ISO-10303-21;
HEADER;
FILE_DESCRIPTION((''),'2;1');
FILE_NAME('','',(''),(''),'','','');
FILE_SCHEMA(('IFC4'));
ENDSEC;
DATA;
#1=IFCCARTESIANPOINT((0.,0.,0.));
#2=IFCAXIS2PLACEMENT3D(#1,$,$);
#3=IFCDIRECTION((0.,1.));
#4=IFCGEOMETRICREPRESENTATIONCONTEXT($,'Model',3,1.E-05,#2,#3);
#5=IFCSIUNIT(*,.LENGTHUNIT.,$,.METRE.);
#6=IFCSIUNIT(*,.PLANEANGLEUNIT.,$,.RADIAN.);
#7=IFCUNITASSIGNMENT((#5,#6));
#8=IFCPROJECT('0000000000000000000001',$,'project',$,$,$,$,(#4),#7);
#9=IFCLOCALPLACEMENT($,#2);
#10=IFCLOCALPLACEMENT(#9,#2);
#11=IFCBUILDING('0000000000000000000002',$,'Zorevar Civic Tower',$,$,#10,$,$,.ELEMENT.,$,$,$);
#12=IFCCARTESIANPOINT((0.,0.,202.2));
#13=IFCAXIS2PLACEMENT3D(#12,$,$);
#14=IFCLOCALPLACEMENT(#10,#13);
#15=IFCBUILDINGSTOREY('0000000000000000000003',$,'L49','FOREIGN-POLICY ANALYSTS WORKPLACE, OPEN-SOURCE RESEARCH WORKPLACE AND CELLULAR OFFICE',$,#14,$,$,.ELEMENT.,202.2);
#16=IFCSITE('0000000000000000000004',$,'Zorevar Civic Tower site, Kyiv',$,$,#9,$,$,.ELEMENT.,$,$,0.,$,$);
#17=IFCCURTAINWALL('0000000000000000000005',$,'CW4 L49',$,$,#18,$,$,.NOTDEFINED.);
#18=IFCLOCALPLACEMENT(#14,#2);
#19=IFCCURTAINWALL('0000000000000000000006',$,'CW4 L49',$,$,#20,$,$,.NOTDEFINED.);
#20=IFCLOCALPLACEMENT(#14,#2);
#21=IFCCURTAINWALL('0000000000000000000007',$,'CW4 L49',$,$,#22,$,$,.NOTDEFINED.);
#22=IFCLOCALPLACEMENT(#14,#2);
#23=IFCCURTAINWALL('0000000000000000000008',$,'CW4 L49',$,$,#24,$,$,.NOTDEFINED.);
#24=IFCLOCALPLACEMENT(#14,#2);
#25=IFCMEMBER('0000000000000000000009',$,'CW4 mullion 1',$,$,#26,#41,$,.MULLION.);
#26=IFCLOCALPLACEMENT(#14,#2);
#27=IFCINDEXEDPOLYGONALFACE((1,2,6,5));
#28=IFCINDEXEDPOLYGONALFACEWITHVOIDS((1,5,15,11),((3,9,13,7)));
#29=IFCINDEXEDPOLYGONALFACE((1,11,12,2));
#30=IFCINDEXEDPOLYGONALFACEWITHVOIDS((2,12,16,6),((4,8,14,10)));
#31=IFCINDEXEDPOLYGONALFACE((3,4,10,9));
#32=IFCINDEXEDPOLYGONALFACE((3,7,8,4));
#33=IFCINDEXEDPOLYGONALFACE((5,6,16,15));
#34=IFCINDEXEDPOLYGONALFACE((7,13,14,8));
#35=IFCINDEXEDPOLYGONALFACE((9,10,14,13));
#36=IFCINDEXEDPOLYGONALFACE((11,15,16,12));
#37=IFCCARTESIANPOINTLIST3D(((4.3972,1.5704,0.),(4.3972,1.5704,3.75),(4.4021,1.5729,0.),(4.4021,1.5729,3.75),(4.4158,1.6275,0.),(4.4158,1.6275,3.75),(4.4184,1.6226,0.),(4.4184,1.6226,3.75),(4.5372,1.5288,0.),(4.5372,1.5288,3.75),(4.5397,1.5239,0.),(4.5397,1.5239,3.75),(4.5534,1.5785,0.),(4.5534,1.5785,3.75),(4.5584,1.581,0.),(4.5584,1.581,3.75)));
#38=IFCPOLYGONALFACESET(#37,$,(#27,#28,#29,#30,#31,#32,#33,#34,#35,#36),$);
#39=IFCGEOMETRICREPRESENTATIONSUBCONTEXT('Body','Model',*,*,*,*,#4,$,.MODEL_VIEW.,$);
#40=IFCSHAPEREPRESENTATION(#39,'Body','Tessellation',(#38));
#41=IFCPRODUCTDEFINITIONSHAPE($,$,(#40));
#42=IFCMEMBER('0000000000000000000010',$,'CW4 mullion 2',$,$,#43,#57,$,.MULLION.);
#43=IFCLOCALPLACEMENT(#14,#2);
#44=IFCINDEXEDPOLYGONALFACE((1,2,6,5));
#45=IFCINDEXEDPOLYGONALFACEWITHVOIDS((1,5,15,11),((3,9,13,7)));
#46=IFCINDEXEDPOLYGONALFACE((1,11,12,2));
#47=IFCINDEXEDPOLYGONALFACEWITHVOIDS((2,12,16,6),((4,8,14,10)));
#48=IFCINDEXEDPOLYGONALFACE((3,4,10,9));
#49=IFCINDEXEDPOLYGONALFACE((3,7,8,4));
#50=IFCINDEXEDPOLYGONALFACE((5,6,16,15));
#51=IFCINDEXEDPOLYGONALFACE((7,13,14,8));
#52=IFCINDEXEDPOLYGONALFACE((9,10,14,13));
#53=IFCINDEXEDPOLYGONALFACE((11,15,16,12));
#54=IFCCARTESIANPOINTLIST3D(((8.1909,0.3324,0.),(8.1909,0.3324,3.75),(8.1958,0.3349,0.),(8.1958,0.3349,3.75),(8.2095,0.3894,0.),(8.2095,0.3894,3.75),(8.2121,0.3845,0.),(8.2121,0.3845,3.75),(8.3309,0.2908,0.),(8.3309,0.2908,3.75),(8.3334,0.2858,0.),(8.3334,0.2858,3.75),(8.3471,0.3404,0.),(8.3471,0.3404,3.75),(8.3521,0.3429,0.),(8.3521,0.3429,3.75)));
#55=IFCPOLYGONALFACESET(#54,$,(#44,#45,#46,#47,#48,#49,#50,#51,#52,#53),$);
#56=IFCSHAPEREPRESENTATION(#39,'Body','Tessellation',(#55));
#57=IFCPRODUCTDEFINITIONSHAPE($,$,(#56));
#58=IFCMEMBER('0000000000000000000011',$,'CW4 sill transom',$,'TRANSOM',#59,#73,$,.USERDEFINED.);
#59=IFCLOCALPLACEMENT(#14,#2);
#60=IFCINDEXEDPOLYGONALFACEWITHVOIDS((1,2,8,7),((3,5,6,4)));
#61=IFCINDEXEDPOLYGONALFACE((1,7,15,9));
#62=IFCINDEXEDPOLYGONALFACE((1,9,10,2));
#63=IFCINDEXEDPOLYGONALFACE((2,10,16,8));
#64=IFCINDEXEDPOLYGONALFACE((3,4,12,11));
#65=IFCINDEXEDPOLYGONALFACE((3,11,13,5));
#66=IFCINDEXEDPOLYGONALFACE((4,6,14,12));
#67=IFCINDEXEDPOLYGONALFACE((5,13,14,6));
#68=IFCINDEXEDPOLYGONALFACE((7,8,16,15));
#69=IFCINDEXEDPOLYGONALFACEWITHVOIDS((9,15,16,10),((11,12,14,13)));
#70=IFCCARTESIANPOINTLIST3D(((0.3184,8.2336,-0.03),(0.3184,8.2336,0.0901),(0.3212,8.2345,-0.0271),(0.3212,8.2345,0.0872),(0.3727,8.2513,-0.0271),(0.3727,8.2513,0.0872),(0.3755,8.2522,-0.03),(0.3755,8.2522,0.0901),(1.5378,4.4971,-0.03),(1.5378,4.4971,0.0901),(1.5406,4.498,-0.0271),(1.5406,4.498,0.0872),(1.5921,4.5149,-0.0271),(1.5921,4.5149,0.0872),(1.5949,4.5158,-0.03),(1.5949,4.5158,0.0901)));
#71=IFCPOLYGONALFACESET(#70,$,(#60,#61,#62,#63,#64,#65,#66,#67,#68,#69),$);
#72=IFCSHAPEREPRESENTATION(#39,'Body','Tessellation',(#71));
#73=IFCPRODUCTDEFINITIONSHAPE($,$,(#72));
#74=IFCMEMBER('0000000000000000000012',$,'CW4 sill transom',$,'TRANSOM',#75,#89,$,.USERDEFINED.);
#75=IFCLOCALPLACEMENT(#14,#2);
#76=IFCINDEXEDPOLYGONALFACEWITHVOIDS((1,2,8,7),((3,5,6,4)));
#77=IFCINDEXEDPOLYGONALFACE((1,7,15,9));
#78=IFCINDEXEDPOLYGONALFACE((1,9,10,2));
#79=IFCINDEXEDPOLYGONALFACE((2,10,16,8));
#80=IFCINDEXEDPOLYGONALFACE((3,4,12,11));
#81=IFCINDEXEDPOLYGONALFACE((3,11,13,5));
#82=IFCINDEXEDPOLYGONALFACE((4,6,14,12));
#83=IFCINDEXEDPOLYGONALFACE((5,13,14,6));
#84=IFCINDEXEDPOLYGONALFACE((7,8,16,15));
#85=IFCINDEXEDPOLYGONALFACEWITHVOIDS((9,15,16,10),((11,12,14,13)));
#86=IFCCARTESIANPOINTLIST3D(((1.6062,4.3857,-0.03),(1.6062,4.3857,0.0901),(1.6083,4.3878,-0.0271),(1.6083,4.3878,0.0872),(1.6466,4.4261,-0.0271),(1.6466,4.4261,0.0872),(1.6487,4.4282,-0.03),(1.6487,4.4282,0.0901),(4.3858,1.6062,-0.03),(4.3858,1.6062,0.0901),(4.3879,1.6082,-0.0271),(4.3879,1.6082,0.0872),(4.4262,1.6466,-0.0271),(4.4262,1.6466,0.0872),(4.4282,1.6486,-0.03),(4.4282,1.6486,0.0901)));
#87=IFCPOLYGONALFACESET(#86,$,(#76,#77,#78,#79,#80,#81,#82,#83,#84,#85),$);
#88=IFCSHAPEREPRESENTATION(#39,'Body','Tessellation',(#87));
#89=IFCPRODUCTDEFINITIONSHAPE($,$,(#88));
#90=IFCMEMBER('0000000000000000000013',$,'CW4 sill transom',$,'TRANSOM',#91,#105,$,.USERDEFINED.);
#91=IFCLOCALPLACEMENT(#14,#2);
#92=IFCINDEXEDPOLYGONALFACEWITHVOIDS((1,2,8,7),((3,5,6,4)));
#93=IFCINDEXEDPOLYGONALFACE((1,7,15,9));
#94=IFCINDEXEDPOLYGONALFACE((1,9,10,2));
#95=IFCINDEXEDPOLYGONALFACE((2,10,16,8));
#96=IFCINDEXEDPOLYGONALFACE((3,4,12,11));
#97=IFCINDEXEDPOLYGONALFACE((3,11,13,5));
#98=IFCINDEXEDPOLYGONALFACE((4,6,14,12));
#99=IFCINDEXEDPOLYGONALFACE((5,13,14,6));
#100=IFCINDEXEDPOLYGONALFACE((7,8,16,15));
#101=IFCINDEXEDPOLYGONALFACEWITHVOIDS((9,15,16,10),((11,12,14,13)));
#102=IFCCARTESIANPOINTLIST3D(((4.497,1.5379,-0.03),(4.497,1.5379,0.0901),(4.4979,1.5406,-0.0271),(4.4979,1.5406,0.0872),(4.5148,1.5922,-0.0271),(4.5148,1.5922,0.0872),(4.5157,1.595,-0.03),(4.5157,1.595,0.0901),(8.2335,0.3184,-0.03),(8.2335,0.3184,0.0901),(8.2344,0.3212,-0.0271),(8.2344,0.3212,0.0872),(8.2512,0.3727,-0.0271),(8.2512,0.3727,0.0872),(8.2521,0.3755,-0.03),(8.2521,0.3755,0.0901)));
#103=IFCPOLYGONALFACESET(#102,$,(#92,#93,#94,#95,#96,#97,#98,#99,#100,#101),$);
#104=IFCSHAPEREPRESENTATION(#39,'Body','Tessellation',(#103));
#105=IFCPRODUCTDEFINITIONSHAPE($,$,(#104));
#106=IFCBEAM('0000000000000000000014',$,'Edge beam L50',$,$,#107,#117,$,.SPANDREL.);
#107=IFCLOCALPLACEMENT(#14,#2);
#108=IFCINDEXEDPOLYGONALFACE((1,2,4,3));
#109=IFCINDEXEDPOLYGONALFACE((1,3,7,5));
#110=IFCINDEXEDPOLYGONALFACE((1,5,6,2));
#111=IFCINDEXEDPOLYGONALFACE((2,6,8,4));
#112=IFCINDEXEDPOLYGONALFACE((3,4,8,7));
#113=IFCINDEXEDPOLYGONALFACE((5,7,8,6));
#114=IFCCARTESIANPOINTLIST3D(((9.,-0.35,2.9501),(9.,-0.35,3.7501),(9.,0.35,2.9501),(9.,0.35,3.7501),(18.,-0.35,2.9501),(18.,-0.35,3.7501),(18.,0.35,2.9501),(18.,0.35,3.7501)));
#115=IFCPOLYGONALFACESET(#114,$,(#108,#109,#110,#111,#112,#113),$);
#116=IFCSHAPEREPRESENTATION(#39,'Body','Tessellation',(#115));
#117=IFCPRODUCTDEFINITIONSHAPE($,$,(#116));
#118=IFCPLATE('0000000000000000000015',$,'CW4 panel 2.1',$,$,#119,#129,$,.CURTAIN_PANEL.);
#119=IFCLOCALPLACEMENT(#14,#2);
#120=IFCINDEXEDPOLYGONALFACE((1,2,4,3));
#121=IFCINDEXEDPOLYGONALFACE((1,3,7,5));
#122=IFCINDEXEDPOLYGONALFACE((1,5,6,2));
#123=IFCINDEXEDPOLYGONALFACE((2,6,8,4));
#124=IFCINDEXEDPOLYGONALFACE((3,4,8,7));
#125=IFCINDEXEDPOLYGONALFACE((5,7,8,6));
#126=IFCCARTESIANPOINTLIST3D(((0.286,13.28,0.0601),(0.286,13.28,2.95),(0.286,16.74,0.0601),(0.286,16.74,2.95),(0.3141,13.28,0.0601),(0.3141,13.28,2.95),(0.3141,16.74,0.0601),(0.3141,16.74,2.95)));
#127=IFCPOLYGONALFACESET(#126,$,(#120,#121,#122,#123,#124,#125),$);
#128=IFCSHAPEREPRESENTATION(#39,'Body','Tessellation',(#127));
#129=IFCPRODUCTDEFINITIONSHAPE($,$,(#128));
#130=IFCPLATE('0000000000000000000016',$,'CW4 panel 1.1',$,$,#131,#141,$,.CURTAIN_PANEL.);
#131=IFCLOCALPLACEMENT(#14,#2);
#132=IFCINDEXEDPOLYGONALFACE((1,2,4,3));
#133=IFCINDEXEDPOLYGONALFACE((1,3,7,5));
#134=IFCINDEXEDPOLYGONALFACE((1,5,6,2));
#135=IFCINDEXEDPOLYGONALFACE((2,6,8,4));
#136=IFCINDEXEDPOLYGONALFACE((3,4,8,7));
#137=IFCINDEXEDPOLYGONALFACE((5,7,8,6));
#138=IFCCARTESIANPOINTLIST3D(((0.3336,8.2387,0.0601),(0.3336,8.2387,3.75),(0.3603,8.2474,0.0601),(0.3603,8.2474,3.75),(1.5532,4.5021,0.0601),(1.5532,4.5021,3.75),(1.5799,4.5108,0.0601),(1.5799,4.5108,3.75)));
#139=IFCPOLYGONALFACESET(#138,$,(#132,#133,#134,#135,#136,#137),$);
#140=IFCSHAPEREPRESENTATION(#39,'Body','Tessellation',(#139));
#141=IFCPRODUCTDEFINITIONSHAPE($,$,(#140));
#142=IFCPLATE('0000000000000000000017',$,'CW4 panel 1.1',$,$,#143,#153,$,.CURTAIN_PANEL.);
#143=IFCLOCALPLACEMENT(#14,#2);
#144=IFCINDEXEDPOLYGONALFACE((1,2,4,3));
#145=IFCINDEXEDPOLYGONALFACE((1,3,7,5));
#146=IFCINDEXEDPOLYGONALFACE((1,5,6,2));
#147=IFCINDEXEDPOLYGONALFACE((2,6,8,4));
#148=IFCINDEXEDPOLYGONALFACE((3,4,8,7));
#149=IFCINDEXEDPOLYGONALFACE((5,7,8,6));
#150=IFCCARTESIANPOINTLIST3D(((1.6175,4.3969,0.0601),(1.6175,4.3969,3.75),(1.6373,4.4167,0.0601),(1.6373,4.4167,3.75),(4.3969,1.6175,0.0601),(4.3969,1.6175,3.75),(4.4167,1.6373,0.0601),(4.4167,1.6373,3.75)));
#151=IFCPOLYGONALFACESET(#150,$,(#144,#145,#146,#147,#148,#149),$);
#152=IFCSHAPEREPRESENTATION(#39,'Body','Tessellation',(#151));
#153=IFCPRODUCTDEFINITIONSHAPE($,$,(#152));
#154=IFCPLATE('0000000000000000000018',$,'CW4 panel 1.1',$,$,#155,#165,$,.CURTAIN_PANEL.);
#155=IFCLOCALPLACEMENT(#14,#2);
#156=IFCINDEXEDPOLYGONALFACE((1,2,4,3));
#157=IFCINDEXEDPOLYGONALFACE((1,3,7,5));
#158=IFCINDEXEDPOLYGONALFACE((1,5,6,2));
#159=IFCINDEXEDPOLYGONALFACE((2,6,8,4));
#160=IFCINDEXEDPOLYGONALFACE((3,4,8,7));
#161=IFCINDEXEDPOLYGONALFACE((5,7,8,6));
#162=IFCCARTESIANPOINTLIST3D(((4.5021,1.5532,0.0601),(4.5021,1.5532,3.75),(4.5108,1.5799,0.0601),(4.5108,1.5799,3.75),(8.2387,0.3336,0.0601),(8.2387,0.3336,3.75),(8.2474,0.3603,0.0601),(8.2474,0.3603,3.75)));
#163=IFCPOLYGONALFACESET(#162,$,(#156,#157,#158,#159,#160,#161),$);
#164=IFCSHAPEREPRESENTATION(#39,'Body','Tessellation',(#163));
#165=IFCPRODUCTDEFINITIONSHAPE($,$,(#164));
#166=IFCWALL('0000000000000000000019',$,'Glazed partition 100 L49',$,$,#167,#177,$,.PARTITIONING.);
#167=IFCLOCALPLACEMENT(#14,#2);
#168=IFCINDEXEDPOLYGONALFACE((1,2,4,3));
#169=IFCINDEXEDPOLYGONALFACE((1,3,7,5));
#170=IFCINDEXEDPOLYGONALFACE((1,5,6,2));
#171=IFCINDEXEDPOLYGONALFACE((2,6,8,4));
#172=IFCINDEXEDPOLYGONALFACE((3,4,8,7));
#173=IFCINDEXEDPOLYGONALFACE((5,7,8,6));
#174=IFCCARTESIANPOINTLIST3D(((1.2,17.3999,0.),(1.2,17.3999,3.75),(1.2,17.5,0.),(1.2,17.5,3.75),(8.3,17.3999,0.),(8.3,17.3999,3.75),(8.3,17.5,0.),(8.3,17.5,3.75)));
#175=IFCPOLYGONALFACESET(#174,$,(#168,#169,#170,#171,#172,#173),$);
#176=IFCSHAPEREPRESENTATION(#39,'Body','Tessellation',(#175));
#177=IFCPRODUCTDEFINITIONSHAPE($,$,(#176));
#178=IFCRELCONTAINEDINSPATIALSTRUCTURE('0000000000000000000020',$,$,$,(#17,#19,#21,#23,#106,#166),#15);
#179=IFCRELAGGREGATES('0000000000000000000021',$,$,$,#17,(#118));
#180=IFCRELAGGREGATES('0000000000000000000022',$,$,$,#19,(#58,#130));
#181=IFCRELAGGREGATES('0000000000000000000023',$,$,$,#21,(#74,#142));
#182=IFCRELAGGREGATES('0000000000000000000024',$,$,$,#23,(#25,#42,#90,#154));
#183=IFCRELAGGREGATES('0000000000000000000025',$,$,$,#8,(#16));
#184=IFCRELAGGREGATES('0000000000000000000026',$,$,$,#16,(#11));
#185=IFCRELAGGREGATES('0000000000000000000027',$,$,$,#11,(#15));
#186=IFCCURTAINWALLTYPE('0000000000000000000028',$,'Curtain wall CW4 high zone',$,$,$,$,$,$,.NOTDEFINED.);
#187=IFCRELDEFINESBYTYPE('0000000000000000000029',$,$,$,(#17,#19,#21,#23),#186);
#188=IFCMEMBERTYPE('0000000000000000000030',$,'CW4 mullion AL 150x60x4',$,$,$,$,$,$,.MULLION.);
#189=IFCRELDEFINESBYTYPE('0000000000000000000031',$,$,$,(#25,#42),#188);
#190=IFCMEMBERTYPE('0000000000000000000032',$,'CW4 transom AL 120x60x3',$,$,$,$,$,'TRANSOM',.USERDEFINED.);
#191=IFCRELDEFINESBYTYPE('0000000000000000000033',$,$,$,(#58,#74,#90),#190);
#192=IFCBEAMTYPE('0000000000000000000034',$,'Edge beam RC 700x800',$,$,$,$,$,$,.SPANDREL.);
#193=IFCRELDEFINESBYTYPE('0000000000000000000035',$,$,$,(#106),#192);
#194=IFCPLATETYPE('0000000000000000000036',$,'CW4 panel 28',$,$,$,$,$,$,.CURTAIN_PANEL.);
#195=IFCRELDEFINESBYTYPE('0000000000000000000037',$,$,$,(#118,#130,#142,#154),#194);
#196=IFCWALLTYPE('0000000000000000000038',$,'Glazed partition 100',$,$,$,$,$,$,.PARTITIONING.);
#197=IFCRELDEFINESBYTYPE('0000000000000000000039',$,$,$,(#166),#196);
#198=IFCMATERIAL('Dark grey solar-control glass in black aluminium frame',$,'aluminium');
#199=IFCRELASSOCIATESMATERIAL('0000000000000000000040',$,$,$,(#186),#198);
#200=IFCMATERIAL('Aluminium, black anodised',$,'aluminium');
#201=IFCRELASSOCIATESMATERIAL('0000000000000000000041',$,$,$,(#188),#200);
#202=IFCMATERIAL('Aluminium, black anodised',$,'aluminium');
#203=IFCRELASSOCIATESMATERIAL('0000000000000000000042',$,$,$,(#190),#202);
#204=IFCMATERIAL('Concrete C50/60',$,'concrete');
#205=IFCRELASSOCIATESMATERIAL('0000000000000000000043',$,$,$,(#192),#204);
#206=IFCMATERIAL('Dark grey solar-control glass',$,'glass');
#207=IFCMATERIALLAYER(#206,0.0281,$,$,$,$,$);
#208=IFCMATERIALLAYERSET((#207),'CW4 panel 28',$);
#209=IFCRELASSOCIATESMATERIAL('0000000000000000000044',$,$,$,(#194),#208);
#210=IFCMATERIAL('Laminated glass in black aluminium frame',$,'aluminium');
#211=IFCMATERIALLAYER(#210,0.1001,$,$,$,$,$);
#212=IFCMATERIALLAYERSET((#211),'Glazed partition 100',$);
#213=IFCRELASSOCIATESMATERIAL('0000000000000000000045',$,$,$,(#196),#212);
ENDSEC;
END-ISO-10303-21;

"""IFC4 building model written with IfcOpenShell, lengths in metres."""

from ifc_helpers import new_model, si_unit, direction, frame, frame_2d, origin, origin_2d, place, context, subcontext, project, spatial, rectangle, hollow_rectangle, extrude, material, layer, layer_set, material_profile, profile_set, type_object, element, aggregate, save


model = new_model("IFC4")

# Units and contexts
model_context = context("Model", 3, precision=1e-05, world=origin(), true_north=direction((0.0, 1.0)))
body_context = subcontext(model_context, "Body", "Model", "MODEL_VIEW")
ifc_project = project(units=[si_unit("LENGTHUNIT", "METRE"), si_unit("PLANEANGLEUNIT", "RADIAN")], contexts=[model_context])

# Site, building, storey
site_placement = place(None, origin())
site = spatial("IfcSite", under=ifc_project, at=site_placement, Name="Zorevar Civic Tower site, Kyiv", CompositionType="ELEMENT", RefElevation=0.0)
building_placement = place(site_placement, origin())
building = spatial("IfcBuilding", under=site, at=building_placement, Name="Zorevar Civic Tower", CompositionType="ELEMENT")
storey_placement = place(building_placement, frame((0.0, 0.0, 202.2)))
storey = spatial("IfcBuildingStorey", under=building, at=storey_placement, Name="L49", Description="FOREIGN-POLICY ANALYSTS WORKPLACE, OPEN-SOURCE RESEARCH WORKPLACE AND CELLULAR OFFICE", CompositionType="ELEMENT", Elevation=202.2)

# Curtain wall
ifc_material_1 = material(Name="Dark grey solar-control glass in black aluminium frame", Category="aluminium")
curtain_wall_type = type_object("IfcCurtainWallType", Name="Curtain wall CW4 high zone", PredefinedType="NOTDEFINED", material=ifc_material_1)
curtain_wall_1_placement = place(storey_placement, origin())
curtain_wall_1 = element("IfcCurtainWall", 1, at=curtain_wall_1_placement, inside=storey, type_object=curtain_wall_type, Name="CW4 L49", PredefinedType="NOTDEFINED")
ifc_material_2 = material(Name="Aluminium, black anodised", Category="aluminium")
ifc_material_profile_1 = material_profile(ifc_material_2, hollow_rectangle(XDim=0.0601, YDim=0.1499, WallThickness=0.0039, at=origin_2d()), Name="AL 150x60x4")
ifc_profile_set_1 = profile_set([ifc_material_profile_1], Name="Aluminium, black anodised")
member_type_1 = type_object("IfcMemberType", Name="CW4 mullion AL 150x60x4", PredefinedType="MULLION", material=ifc_profile_set_1)

# Curtain walls, members
curtain_wall_2_placement = place(storey_placement, origin())
curtain_wall_2 = element("IfcCurtainWall", 2, at=curtain_wall_2_placement, inside=storey, type_object=curtain_wall_type, Name="CW4 L49", PredefinedType="NOTDEFINED")
curtain_wall_3_placement = place(storey_placement, origin())
curtain_wall_3 = element("IfcCurtainWall", 3, at=curtain_wall_3_placement, inside=storey, type_object=curtain_wall_type, Name="CW4 L49", PredefinedType="NOTDEFINED")
curtain_wall_4_placement = place(storey_placement, origin())
curtain_wall_4 = element("IfcCurtainWall", 4, at=curtain_wall_4_placement, inside=storey, type_object=curtain_wall_type, Name="CW4 L49", PredefinedType="NOTDEFINED")
member_1_placement = place(storey_placement, frame((4.4778, 1.5757, 0.0), z_axis=(0.0, 0.0, 1.0), x_axis=(0.310281, 0.950645, 0.0)))
member_1 = element("IfcMember", 5, at=member_1_placement, type_object=member_type_1, Name="CW4 mullion 1", PredefinedType="MULLION", context=body_context, shape_type="SweptSolid", body=[
    extrude(hollow_rectangle(XDim=0.0601, YDim=0.1499, WallThickness=0.0039, at=origin_2d()), origin(), (0.0, 0.0, 1.0), 3.75),
])
member_2_placement = place(storey_placement, frame((8.2715, 0.3376, 0.0), z_axis=(0.0, 0.0, 1.0), x_axis=(0.310281, 0.950645, 0.0)))
member_2 = element("IfcMember", 6, at=member_2_placement, type_object=member_type_1, Name="CW4 mullion 2", PredefinedType="MULLION", context=body_context, shape_type="SweptSolid", body=[
    extrude(hollow_rectangle(XDim=0.0601, YDim=0.1499, WallThickness=0.0039, at=origin_2d()), origin(), (0.0, 0.0, 1.0), 3.75),
])

# Members
ifc_material_3 = material(Name="Aluminium, black anodised", Category="aluminium")
ifc_material_profile_2 = material_profile(ifc_material_3, hollow_rectangle(XDim=0.0601, YDim=0.1201, WallThickness=0.0029, at=origin_2d()), Name="AL 120x60x3")
ifc_profile_set_2 = profile_set([ifc_material_profile_2], Name="Aluminium, black anodised")
member_type_2 = type_object("IfcMemberType", Name="CW4 transom AL 120x60x3", ElementType="TRANSOM", PredefinedType="USERDEFINED", material=ifc_profile_set_2)
member_3_placement = place(storey_placement, frame((0.3469, 8.2429, 0.03), z_axis=(0.310259, -0.950652, 0.0), x_axis=(0.950652, 0.310259, 0.0)))
member_3 = element("IfcMember", 7, at=member_3_placement, type_object=member_type_2, Name="CW4 sill transom", ObjectType="TRANSOM", PredefinedType="USERDEFINED", context=body_context, shape_type="SweptSolid", body=[
    extrude(hollow_rectangle(XDim=0.0601, YDim=0.1201, WallThickness=0.0029, at=origin_2d()), origin(), (0.0, 0.0, 1.0), 3.9304),
])
member_4_placement = place(storey_placement, frame((1.6274, 4.407, 0.03), z_axis=(0.707107, -0.707107, 0.0), x_axis=(0.707107, 0.707107, 0.0)))
member_4 = element("IfcMember", 8, at=member_4_placement, type_object=member_type_2, Name="CW4 sill transom", ObjectType="TRANSOM", PredefinedType="USERDEFINED", context=body_context, shape_type="SweptSolid", body=[
    extrude(hollow_rectangle(XDim=0.0601, YDim=0.1201, WallThickness=0.0029, at=origin_2d()), origin(), (0.0, 0.0, 1.0), 3.9309),
])
member_5_placement = place(storey_placement, frame((4.5063, 1.5664, 0.03), z_axis=(0.950652, -0.310259, 0.0), x_axis=(0.310259, 0.950652, 0.0)))
member_5 = element("IfcMember", 9, at=member_5_placement, type_object=member_type_2, Name="CW4 sill transom", ObjectType="TRANSOM", PredefinedType="USERDEFINED", context=body_context, shape_type="SweptSolid", body=[
    extrude(hollow_rectangle(XDim=0.0601, YDim=0.1201, WallThickness=0.0029, at=origin_2d()), origin(), (0.0, 0.0, 1.0), 3.9304),
])

# Beam
ifc_material_4 = material(Name="Concrete C50/60", Category="concrete")
ifc_material_profile_3 = material_profile(ifc_material_4, rectangle(XDim=0.7, YDim=0.8, at=origin_2d()), Name="RC 700x800")
ifc_profile_set_3 = profile_set([ifc_material_profile_3], Name="Concrete C50/60")
beam_type_1 = type_object("IfcBeamType", Name="Edge beam RC 700x800", PredefinedType="SPANDREL", material=ifc_profile_set_3)
beam_1_placement = place(storey_placement, frame((9.0, 0.0, 3.3501), z_axis=(1.0, 0.0, 0.0), x_axis=(0.0, 1.0, 0.0)))
element("IfcBeam", 10, at=beam_1_placement, inside=storey, type_object=beam_type_1, Name="Edge beam L50", PredefinedType="SPANDREL", context=body_context, shape_type="SweptSolid", body=[
    extrude(rectangle(XDim=0.7, YDim=0.8, at=origin_2d()), origin(), (0.0, 0.0, 1.0), 9.0),
])

# Plates
ifc_material_5 = material(Name="Dark grey solar-control glass", Category="glass")
ifc_layer_1 = layer(ifc_material_5, 0.0281)
ifc_layer_set_1 = layer_set([ifc_layer_1], Name="CW4 panel 28")
plate_type = type_object("IfcPlateType", Name="CW4 panel 28", PredefinedType="CURTAIN_PANEL", material=ifc_layer_set_1)
plate_1_placement = place(storey_placement, frame((0.3, 15.01, 0.0601), z_axis=(0.0, 0.0, 1.0), x_axis=(0.0, 1.0, 0.0)))
plate_1 = element("IfcPlate", 11, at=plate_1_placement, type_object=plate_type, Name="CW4 panel 2.1", PredefinedType="CURTAIN_PANEL", context=body_context, shape_type="SweptSolid", body=[
    extrude(rectangle(XDim=3.46, YDim=0.0281, at=origin_2d()), origin(), (0.0, 0.0, 1.0), 2.8899),
])
aggregate(curtain_wall_1, [plate_1])
plate_2_placement = place(storey_placement, frame((0.9568, 6.3748, 0.0601), z_axis=(0.0, 0.0, 1.0), x_axis=(0.310281, -0.950645, 0.0)))
plate_2 = element("IfcPlate", 12, at=plate_2_placement, type_object=plate_type, Name="CW4 panel 1.1", PredefinedType="CURTAIN_PANEL", context=body_context, shape_type="SweptSolid", body=[
    extrude(rectangle(XDim=3.9307, YDim=0.0281, at=origin_2d()), origin(), (0.0, 0.0, 1.0), 3.6899),
])
aggregate(curtain_wall_2, [member_3, plate_2])
plate_3_placement = place(storey_placement, frame((3.0171, 3.0171, 0.0601), z_axis=(0.0, 0.0, 1.0), x_axis=(0.707107, -0.707107, 0.0)))
plate_3 = element("IfcPlate", 13, at=plate_3_placement, type_object=plate_type, Name="CW4 panel 1.1", PredefinedType="CURTAIN_PANEL", context=body_context, shape_type="SweptSolid", body=[
    extrude(rectangle(XDim=3.9307, YDim=0.0281, at=origin_2d()), origin(), (0.0, 0.0, 1.0), 3.6899),
])
aggregate(curtain_wall_3, [member_4, plate_3])
plate_4_placement = place(storey_placement, frame((6.3748, 0.9568, 0.0601), z_axis=(0.0, 0.0, 1.0), x_axis=(0.950645, -0.310281, 0.0)))
plate_4 = element("IfcPlate", 14, at=plate_4_placement, type_object=plate_type, Name="CW4 panel 1.1", PredefinedType="CURTAIN_PANEL", context=body_context, shape_type="SweptSolid", body=[
    extrude(rectangle(XDim=3.9307, YDim=0.0281, at=origin_2d()), origin(), (0.0, 0.0, 1.0), 3.6899),
])
aggregate(curtain_wall_4, [member_1, member_2, member_5, plate_4])

# Wall
ifc_material_6 = material(Name="Laminated glass in black aluminium frame", Category="aluminium")
ifc_layer_2 = layer(ifc_material_6, 0.1001)
ifc_layer_set_2 = layer_set([ifc_layer_2], Name="Glazed partition 100")
wall_type = type_object("IfcWallType", Name="Glazed partition 100", PredefinedType="PARTITIONING", material=ifc_layer_set_2)
wall_placement = place(storey_placement, frame((1.2, 17.45, 0.0), z_axis=(0.0, 0.0, 1.0), x_axis=(1.0, 0.0, 0.0)))
element("IfcWall", 15, at=wall_placement, inside=storey, type_object=wall_type, Name="Glazed partition 100 L49", PredefinedType="PARTITIONING", context=body_context, shape_type="SweptSolid", body=[
    extrude(rectangle(XDim=7.1001, YDim=0.1001, at=frame_2d((3.55, 0.0))), origin(), (0.0, 0.0, 1.0), 3.75),
])

save(model, "model.ifc")
